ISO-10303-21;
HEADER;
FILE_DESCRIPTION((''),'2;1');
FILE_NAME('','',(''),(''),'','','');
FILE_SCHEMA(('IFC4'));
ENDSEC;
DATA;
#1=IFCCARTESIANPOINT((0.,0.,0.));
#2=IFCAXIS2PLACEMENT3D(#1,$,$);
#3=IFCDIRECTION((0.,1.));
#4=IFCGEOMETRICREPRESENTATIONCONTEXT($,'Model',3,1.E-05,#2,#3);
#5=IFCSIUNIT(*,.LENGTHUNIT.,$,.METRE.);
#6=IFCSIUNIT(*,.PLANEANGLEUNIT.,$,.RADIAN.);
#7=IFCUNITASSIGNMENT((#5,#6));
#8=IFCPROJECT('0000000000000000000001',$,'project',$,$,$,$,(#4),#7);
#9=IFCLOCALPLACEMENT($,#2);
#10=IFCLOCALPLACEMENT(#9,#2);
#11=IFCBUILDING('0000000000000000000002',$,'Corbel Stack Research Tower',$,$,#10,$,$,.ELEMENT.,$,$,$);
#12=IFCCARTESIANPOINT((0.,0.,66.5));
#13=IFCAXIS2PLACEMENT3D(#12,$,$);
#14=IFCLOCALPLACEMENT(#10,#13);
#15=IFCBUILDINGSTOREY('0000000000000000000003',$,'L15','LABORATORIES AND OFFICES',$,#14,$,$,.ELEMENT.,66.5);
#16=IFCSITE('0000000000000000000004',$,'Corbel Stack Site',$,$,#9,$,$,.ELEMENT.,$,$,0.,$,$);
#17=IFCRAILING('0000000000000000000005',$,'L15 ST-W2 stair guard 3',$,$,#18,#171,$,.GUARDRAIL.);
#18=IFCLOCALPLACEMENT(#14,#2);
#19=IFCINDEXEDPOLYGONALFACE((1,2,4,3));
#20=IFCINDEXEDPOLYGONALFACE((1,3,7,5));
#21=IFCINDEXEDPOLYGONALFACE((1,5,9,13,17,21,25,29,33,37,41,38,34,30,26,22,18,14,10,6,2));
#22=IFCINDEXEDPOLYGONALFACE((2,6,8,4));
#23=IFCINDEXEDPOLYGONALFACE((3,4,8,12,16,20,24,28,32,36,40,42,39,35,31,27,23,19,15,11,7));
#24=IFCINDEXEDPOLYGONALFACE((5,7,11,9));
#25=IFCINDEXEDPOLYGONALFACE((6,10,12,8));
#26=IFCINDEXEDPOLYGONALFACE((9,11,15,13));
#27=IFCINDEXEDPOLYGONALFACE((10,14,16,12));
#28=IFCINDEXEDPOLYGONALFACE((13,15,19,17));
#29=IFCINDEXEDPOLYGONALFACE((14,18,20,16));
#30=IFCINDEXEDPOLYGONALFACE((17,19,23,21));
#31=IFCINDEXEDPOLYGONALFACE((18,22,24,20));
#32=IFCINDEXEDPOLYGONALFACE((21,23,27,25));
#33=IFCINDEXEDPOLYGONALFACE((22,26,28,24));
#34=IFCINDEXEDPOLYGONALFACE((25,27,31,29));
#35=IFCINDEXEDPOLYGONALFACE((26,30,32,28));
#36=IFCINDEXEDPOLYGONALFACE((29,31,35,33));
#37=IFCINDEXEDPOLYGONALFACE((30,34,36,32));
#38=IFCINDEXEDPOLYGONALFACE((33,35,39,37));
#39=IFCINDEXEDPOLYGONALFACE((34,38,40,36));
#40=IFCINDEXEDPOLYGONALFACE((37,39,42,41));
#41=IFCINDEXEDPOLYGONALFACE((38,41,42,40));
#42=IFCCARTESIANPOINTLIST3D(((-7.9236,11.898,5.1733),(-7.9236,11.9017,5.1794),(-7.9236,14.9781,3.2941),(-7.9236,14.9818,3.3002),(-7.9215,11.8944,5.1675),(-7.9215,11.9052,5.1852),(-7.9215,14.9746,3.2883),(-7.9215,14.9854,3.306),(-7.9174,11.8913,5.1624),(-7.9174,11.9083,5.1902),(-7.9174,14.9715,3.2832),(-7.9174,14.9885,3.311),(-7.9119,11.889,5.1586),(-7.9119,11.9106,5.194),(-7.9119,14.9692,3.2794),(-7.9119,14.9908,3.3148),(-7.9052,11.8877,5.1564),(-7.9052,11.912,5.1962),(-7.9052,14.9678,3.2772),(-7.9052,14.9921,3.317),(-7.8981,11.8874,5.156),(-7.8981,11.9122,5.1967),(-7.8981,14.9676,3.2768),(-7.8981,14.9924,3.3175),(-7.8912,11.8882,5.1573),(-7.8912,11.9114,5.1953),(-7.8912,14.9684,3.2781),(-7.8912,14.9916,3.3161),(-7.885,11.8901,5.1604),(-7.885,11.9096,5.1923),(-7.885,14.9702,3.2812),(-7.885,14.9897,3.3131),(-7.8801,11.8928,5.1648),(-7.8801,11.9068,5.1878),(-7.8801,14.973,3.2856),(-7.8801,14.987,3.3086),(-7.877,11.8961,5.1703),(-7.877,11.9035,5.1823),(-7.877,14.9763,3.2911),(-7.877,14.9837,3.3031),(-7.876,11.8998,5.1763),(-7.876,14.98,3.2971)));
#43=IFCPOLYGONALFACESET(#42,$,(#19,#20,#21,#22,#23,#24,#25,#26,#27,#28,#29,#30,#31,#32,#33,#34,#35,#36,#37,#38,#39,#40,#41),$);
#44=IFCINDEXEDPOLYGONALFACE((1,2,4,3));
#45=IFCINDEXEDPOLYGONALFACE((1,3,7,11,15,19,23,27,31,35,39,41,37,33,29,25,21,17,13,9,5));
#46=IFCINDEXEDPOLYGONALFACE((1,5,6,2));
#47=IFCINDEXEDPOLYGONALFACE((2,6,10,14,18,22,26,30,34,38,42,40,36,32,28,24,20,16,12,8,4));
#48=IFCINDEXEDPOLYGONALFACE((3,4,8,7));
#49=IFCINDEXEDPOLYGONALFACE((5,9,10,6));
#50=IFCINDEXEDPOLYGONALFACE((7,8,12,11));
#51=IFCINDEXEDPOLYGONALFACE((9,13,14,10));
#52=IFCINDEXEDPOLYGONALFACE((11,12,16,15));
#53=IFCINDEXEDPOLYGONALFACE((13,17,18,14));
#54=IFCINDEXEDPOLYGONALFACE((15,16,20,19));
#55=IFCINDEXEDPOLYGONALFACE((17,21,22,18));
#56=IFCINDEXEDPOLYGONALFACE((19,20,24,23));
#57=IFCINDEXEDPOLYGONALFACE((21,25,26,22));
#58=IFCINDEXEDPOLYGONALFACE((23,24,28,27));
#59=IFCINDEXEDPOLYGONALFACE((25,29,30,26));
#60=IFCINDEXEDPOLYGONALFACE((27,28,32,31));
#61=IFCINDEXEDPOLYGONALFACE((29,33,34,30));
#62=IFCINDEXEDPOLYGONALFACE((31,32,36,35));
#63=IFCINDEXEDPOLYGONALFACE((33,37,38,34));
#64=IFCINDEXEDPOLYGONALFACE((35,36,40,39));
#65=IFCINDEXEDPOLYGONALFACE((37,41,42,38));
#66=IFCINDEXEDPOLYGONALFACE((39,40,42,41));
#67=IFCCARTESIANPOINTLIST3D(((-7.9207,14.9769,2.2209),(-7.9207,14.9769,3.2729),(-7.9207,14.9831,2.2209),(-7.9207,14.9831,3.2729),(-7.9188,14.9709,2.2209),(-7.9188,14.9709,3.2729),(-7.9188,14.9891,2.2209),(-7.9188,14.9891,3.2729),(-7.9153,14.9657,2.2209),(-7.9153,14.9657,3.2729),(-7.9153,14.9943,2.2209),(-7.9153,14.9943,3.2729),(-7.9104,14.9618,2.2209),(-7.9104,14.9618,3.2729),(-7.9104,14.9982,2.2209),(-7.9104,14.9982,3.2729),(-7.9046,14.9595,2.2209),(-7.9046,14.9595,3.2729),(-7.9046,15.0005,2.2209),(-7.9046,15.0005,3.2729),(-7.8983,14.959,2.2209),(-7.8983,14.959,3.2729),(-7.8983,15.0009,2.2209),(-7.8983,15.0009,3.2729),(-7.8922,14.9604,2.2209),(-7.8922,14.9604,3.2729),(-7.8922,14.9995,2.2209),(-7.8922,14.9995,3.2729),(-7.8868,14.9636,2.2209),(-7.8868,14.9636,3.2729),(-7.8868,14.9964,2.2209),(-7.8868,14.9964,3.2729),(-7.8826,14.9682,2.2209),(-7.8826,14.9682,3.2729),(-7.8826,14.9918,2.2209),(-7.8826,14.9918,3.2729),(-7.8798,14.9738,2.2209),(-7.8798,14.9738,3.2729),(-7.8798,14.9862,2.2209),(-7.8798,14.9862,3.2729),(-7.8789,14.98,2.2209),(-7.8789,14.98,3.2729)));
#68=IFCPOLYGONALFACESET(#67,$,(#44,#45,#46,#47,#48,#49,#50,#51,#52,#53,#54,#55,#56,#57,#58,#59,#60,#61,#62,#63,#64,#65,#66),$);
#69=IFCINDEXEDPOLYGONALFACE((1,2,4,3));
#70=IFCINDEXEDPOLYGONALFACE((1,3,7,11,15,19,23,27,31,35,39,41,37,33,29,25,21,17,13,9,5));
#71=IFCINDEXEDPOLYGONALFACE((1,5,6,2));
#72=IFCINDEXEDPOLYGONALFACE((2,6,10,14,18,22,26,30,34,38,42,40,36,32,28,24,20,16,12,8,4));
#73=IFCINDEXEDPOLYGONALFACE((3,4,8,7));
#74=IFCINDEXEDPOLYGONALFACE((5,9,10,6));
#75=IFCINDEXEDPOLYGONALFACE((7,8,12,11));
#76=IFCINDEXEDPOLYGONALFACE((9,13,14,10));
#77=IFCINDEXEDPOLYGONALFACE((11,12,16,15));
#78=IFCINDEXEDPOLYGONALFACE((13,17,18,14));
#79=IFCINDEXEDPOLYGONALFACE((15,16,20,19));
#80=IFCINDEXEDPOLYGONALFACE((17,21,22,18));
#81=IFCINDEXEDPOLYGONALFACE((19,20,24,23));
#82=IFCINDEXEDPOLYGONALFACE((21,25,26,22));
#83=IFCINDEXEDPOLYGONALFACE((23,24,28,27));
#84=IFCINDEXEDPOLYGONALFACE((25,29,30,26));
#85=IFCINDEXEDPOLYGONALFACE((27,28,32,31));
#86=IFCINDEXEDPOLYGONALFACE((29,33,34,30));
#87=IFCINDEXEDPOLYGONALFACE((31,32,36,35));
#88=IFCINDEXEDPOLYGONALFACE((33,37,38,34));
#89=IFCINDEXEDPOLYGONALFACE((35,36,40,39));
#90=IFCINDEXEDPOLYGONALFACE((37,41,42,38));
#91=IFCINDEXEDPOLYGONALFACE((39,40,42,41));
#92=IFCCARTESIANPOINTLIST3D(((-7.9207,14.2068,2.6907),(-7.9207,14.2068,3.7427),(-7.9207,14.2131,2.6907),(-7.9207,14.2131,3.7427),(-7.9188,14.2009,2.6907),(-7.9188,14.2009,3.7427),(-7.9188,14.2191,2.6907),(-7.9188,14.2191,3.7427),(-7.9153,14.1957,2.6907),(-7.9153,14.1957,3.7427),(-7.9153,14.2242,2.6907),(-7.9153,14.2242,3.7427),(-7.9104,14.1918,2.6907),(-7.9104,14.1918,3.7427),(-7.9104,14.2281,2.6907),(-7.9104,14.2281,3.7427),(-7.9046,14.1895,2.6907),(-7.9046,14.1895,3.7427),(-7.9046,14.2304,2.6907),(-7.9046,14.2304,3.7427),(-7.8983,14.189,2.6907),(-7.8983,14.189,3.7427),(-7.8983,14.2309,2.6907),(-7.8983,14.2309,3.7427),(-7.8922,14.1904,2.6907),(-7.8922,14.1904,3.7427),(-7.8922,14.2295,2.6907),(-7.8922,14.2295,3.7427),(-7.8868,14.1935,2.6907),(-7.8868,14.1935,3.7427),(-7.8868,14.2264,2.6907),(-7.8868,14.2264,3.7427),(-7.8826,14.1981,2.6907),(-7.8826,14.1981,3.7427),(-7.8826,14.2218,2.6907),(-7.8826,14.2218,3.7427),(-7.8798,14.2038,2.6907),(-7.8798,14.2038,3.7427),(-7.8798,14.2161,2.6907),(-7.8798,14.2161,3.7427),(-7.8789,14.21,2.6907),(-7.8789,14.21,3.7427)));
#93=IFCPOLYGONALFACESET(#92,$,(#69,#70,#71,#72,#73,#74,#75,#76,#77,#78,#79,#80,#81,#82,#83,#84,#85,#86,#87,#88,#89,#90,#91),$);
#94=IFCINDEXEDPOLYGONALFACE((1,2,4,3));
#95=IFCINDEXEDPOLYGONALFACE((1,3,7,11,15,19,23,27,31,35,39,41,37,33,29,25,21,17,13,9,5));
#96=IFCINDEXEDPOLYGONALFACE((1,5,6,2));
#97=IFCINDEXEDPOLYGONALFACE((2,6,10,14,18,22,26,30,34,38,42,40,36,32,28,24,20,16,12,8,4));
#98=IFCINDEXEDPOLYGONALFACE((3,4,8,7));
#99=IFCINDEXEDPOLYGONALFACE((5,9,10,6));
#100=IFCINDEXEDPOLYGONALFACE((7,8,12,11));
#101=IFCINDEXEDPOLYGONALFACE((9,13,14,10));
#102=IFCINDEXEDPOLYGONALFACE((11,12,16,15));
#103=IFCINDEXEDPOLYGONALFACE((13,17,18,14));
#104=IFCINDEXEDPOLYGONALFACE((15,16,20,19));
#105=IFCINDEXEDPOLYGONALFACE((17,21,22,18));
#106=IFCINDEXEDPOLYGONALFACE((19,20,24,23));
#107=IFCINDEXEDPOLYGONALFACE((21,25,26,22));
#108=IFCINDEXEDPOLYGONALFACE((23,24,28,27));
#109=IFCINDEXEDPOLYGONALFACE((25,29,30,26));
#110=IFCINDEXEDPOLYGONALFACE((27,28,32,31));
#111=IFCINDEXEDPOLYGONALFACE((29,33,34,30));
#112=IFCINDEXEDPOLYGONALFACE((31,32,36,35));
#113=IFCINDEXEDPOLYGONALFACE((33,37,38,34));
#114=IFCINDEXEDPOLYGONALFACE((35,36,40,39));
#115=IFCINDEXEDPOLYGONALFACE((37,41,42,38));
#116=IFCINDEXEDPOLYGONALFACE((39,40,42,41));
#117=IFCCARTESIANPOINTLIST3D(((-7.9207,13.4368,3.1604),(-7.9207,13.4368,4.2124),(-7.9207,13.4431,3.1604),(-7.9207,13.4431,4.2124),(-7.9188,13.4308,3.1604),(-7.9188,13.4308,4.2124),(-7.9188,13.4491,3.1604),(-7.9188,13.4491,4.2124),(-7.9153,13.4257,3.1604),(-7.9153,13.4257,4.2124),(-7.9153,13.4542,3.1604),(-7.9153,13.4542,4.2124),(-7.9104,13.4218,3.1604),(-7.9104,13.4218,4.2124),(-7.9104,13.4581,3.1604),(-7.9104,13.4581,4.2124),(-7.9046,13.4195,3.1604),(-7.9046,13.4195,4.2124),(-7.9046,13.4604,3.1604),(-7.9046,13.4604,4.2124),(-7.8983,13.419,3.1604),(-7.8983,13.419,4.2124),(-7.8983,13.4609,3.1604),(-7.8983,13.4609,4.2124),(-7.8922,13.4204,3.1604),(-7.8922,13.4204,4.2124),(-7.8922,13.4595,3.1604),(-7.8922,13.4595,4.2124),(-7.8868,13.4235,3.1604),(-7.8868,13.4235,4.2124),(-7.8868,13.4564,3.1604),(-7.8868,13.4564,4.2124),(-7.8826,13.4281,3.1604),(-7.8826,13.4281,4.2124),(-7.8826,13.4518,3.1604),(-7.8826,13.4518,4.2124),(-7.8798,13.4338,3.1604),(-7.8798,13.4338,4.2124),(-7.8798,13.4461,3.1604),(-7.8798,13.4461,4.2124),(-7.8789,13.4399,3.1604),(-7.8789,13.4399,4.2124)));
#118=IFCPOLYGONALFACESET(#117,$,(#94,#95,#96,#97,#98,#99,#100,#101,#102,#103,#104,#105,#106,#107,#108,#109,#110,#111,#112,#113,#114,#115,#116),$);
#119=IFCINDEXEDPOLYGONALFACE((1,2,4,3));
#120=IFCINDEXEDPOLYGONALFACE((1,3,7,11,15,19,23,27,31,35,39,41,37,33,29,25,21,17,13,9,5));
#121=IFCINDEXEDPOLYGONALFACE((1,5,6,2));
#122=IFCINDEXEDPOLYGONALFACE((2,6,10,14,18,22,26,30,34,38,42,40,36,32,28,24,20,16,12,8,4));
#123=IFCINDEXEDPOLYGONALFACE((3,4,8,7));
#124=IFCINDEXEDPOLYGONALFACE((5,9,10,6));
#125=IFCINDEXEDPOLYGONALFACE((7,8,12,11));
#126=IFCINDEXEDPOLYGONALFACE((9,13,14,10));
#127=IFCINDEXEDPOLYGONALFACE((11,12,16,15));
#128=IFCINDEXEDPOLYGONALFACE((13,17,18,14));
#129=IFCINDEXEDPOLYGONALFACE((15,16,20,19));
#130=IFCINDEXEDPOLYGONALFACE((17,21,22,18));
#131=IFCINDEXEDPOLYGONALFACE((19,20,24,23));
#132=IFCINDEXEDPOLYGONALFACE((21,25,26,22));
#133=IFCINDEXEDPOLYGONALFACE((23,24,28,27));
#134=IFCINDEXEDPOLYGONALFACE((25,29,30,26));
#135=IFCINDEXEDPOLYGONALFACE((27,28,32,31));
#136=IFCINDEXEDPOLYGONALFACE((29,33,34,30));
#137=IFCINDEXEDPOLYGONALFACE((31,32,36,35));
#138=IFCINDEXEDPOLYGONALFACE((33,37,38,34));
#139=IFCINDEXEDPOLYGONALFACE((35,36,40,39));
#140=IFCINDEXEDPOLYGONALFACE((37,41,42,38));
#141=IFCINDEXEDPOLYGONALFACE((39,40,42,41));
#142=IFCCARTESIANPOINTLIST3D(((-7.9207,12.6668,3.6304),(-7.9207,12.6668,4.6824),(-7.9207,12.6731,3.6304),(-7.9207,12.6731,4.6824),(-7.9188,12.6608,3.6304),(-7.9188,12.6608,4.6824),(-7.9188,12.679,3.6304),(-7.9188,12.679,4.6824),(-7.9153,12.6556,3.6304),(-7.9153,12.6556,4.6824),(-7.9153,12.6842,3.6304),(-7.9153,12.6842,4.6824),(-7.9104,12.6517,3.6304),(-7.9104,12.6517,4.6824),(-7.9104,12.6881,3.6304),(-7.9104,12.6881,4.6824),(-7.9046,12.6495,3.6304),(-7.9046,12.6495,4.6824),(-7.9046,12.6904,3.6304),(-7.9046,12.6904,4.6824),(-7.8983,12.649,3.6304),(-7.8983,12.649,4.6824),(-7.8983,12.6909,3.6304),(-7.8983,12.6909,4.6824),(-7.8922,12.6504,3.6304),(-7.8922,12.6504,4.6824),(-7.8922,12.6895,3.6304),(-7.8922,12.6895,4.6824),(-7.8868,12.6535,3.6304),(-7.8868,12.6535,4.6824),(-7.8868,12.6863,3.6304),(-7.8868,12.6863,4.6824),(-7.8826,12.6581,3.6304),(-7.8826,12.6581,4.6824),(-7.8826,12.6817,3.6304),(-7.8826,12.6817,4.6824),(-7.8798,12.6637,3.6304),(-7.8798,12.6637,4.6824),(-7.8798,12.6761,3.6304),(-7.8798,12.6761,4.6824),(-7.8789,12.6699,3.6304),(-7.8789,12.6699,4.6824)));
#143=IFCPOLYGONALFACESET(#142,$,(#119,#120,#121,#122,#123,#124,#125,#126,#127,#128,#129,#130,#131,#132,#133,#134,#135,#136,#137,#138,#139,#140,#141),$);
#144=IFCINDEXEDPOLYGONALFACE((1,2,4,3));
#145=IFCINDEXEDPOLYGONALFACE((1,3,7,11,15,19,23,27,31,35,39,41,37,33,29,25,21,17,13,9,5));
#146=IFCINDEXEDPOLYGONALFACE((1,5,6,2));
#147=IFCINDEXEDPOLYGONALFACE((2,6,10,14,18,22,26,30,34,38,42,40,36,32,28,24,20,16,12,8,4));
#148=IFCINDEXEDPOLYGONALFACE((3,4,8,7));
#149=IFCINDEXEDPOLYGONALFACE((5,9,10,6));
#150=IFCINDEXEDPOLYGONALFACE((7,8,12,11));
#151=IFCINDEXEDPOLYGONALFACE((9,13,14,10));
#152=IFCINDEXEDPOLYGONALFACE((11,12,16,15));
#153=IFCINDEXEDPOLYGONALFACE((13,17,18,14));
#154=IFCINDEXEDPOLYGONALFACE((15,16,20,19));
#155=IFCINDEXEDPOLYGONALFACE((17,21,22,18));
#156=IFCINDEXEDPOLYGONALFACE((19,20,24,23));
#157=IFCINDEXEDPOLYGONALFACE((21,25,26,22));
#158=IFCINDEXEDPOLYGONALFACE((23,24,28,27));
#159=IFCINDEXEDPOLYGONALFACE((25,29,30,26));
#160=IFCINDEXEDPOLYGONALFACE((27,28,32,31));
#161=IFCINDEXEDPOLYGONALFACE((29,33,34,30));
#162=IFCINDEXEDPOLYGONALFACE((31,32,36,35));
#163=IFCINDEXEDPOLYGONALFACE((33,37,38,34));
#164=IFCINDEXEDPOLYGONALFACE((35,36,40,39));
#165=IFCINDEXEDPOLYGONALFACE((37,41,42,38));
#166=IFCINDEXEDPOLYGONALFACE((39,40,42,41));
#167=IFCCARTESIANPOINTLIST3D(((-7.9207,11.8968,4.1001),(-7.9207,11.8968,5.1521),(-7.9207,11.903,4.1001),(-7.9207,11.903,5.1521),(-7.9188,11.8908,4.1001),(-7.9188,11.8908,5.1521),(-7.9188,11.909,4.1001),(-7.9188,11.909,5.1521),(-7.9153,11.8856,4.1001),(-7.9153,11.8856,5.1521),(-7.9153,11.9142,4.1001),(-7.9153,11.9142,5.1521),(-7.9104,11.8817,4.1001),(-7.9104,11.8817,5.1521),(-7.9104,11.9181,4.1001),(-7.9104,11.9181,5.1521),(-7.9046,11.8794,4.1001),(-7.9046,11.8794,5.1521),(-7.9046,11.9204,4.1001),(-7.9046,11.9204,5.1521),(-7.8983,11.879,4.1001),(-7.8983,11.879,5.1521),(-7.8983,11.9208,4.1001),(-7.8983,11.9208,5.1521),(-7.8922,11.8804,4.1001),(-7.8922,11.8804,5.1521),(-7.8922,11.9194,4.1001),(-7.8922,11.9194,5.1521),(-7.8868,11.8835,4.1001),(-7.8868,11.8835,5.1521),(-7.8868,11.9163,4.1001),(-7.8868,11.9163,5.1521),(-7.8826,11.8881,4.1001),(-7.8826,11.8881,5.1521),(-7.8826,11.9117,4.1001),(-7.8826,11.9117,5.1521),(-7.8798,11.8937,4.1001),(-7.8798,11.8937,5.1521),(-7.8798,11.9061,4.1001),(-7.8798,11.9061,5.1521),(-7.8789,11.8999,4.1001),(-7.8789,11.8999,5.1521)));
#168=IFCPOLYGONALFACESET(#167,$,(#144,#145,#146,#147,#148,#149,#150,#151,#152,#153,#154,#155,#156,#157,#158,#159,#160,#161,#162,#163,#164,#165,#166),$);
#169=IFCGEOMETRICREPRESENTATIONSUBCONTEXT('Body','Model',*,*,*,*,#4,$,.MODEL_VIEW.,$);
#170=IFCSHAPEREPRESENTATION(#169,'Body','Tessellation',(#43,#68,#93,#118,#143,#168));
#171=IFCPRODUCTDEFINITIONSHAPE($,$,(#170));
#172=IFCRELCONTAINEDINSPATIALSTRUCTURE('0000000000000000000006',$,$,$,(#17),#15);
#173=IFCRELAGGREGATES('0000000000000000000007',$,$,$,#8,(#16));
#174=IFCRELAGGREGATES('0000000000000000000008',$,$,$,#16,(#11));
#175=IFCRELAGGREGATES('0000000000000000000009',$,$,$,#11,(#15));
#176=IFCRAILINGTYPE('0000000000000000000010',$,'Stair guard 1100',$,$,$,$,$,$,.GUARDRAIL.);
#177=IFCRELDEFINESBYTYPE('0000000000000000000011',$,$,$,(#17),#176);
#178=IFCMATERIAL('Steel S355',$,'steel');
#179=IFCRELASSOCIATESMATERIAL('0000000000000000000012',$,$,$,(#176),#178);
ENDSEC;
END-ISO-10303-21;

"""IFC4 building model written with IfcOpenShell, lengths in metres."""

from ifc_helpers import new_model, si_unit, direction, frame, origin, origin_2d, place, context, subcontext, project, spatial, circle, extrude, material, type_object, element, save


model = new_model("IFC4")

# Units and contexts
model_context = context("Model", 3, precision=1e-05, world=origin(), true_north=direction((0.0, 1.0)))
body_context = subcontext(model_context, "Body", "Model", "MODEL_VIEW")
ifc_project = project(units=[si_unit("LENGTHUNIT", "METRE"), si_unit("PLANEANGLEUNIT", "RADIAN")], contexts=[model_context])

# Site, building, storey
site_placement = place(None, origin())
site = spatial("IfcSite", under=ifc_project, at=site_placement, Name="Corbel Stack Site", CompositionType="ELEMENT", RefElevation=0.0)
building_placement = place(site_placement, origin())
building = spatial("IfcBuilding", under=site, at=building_placement, Name="Corbel Stack Research Tower", CompositionType="ELEMENT")
storey_placement = place(building_placement, frame((0.0, 0.0, 66.5)))
storey = spatial("IfcBuildingStorey", under=building, at=storey_placement, Name="L15", Description="LABORATORIES AND OFFICES", CompositionType="ELEMENT", Elevation=66.5)

# Railing
ifc_material_1 = material(Name="Steel S355", Category="steel")
railing_type_1 = type_object("IfcRailingType", Name="Stair guard 1100", PredefinedType="GUARDRAIL", material=ifc_material_1)
railing_1_placement = place(storey_placement, frame((-7.8999, 14.98, 2.2209)))
element("IfcRailing", 1, at=railing_1_placement, inside=storey, type_object=railing_type_1, Name="L15 ST-W2 stair guard 3", PredefinedType="GUARDRAIL", context=body_context, shape_type="SweptSolid", body=[
    extrude(circle(Radius=0.0239, at=origin_2d()), frame((0.0, 0.0, 1.0762), z_axis=(0.0, -0.853666, 0.52082), x_axis=(1.0, 0.0, 0.0)), (0.0, 0.0, 1.0), 3.6082),
    extrude(circle(Radius=0.021, at=origin_2d()), origin(), (0.0, 0.0, 1.0), 1.052),
    extrude(circle(Radius=0.021, at=origin_2d()), frame((0.0, -0.77, 0.4697)), (0.0, 0.0, 1.0), 1.052),
    extrude(circle(Radius=0.021, at=origin_2d()), frame((0.0, -1.54, 0.9395)), (0.0, 0.0, 1.0), 1.052),
    extrude(circle(Radius=0.021, at=origin_2d()), frame((0.0, -2.3101, 1.4094)), (0.0, 0.0, 1.0), 1.052),
    extrude(circle(Radius=0.021, at=origin_2d()), frame((0.0, -3.0801, 1.8792)), (0.0, 0.0, 1.0), 1.052),
])

save(model, "model.ifc")
